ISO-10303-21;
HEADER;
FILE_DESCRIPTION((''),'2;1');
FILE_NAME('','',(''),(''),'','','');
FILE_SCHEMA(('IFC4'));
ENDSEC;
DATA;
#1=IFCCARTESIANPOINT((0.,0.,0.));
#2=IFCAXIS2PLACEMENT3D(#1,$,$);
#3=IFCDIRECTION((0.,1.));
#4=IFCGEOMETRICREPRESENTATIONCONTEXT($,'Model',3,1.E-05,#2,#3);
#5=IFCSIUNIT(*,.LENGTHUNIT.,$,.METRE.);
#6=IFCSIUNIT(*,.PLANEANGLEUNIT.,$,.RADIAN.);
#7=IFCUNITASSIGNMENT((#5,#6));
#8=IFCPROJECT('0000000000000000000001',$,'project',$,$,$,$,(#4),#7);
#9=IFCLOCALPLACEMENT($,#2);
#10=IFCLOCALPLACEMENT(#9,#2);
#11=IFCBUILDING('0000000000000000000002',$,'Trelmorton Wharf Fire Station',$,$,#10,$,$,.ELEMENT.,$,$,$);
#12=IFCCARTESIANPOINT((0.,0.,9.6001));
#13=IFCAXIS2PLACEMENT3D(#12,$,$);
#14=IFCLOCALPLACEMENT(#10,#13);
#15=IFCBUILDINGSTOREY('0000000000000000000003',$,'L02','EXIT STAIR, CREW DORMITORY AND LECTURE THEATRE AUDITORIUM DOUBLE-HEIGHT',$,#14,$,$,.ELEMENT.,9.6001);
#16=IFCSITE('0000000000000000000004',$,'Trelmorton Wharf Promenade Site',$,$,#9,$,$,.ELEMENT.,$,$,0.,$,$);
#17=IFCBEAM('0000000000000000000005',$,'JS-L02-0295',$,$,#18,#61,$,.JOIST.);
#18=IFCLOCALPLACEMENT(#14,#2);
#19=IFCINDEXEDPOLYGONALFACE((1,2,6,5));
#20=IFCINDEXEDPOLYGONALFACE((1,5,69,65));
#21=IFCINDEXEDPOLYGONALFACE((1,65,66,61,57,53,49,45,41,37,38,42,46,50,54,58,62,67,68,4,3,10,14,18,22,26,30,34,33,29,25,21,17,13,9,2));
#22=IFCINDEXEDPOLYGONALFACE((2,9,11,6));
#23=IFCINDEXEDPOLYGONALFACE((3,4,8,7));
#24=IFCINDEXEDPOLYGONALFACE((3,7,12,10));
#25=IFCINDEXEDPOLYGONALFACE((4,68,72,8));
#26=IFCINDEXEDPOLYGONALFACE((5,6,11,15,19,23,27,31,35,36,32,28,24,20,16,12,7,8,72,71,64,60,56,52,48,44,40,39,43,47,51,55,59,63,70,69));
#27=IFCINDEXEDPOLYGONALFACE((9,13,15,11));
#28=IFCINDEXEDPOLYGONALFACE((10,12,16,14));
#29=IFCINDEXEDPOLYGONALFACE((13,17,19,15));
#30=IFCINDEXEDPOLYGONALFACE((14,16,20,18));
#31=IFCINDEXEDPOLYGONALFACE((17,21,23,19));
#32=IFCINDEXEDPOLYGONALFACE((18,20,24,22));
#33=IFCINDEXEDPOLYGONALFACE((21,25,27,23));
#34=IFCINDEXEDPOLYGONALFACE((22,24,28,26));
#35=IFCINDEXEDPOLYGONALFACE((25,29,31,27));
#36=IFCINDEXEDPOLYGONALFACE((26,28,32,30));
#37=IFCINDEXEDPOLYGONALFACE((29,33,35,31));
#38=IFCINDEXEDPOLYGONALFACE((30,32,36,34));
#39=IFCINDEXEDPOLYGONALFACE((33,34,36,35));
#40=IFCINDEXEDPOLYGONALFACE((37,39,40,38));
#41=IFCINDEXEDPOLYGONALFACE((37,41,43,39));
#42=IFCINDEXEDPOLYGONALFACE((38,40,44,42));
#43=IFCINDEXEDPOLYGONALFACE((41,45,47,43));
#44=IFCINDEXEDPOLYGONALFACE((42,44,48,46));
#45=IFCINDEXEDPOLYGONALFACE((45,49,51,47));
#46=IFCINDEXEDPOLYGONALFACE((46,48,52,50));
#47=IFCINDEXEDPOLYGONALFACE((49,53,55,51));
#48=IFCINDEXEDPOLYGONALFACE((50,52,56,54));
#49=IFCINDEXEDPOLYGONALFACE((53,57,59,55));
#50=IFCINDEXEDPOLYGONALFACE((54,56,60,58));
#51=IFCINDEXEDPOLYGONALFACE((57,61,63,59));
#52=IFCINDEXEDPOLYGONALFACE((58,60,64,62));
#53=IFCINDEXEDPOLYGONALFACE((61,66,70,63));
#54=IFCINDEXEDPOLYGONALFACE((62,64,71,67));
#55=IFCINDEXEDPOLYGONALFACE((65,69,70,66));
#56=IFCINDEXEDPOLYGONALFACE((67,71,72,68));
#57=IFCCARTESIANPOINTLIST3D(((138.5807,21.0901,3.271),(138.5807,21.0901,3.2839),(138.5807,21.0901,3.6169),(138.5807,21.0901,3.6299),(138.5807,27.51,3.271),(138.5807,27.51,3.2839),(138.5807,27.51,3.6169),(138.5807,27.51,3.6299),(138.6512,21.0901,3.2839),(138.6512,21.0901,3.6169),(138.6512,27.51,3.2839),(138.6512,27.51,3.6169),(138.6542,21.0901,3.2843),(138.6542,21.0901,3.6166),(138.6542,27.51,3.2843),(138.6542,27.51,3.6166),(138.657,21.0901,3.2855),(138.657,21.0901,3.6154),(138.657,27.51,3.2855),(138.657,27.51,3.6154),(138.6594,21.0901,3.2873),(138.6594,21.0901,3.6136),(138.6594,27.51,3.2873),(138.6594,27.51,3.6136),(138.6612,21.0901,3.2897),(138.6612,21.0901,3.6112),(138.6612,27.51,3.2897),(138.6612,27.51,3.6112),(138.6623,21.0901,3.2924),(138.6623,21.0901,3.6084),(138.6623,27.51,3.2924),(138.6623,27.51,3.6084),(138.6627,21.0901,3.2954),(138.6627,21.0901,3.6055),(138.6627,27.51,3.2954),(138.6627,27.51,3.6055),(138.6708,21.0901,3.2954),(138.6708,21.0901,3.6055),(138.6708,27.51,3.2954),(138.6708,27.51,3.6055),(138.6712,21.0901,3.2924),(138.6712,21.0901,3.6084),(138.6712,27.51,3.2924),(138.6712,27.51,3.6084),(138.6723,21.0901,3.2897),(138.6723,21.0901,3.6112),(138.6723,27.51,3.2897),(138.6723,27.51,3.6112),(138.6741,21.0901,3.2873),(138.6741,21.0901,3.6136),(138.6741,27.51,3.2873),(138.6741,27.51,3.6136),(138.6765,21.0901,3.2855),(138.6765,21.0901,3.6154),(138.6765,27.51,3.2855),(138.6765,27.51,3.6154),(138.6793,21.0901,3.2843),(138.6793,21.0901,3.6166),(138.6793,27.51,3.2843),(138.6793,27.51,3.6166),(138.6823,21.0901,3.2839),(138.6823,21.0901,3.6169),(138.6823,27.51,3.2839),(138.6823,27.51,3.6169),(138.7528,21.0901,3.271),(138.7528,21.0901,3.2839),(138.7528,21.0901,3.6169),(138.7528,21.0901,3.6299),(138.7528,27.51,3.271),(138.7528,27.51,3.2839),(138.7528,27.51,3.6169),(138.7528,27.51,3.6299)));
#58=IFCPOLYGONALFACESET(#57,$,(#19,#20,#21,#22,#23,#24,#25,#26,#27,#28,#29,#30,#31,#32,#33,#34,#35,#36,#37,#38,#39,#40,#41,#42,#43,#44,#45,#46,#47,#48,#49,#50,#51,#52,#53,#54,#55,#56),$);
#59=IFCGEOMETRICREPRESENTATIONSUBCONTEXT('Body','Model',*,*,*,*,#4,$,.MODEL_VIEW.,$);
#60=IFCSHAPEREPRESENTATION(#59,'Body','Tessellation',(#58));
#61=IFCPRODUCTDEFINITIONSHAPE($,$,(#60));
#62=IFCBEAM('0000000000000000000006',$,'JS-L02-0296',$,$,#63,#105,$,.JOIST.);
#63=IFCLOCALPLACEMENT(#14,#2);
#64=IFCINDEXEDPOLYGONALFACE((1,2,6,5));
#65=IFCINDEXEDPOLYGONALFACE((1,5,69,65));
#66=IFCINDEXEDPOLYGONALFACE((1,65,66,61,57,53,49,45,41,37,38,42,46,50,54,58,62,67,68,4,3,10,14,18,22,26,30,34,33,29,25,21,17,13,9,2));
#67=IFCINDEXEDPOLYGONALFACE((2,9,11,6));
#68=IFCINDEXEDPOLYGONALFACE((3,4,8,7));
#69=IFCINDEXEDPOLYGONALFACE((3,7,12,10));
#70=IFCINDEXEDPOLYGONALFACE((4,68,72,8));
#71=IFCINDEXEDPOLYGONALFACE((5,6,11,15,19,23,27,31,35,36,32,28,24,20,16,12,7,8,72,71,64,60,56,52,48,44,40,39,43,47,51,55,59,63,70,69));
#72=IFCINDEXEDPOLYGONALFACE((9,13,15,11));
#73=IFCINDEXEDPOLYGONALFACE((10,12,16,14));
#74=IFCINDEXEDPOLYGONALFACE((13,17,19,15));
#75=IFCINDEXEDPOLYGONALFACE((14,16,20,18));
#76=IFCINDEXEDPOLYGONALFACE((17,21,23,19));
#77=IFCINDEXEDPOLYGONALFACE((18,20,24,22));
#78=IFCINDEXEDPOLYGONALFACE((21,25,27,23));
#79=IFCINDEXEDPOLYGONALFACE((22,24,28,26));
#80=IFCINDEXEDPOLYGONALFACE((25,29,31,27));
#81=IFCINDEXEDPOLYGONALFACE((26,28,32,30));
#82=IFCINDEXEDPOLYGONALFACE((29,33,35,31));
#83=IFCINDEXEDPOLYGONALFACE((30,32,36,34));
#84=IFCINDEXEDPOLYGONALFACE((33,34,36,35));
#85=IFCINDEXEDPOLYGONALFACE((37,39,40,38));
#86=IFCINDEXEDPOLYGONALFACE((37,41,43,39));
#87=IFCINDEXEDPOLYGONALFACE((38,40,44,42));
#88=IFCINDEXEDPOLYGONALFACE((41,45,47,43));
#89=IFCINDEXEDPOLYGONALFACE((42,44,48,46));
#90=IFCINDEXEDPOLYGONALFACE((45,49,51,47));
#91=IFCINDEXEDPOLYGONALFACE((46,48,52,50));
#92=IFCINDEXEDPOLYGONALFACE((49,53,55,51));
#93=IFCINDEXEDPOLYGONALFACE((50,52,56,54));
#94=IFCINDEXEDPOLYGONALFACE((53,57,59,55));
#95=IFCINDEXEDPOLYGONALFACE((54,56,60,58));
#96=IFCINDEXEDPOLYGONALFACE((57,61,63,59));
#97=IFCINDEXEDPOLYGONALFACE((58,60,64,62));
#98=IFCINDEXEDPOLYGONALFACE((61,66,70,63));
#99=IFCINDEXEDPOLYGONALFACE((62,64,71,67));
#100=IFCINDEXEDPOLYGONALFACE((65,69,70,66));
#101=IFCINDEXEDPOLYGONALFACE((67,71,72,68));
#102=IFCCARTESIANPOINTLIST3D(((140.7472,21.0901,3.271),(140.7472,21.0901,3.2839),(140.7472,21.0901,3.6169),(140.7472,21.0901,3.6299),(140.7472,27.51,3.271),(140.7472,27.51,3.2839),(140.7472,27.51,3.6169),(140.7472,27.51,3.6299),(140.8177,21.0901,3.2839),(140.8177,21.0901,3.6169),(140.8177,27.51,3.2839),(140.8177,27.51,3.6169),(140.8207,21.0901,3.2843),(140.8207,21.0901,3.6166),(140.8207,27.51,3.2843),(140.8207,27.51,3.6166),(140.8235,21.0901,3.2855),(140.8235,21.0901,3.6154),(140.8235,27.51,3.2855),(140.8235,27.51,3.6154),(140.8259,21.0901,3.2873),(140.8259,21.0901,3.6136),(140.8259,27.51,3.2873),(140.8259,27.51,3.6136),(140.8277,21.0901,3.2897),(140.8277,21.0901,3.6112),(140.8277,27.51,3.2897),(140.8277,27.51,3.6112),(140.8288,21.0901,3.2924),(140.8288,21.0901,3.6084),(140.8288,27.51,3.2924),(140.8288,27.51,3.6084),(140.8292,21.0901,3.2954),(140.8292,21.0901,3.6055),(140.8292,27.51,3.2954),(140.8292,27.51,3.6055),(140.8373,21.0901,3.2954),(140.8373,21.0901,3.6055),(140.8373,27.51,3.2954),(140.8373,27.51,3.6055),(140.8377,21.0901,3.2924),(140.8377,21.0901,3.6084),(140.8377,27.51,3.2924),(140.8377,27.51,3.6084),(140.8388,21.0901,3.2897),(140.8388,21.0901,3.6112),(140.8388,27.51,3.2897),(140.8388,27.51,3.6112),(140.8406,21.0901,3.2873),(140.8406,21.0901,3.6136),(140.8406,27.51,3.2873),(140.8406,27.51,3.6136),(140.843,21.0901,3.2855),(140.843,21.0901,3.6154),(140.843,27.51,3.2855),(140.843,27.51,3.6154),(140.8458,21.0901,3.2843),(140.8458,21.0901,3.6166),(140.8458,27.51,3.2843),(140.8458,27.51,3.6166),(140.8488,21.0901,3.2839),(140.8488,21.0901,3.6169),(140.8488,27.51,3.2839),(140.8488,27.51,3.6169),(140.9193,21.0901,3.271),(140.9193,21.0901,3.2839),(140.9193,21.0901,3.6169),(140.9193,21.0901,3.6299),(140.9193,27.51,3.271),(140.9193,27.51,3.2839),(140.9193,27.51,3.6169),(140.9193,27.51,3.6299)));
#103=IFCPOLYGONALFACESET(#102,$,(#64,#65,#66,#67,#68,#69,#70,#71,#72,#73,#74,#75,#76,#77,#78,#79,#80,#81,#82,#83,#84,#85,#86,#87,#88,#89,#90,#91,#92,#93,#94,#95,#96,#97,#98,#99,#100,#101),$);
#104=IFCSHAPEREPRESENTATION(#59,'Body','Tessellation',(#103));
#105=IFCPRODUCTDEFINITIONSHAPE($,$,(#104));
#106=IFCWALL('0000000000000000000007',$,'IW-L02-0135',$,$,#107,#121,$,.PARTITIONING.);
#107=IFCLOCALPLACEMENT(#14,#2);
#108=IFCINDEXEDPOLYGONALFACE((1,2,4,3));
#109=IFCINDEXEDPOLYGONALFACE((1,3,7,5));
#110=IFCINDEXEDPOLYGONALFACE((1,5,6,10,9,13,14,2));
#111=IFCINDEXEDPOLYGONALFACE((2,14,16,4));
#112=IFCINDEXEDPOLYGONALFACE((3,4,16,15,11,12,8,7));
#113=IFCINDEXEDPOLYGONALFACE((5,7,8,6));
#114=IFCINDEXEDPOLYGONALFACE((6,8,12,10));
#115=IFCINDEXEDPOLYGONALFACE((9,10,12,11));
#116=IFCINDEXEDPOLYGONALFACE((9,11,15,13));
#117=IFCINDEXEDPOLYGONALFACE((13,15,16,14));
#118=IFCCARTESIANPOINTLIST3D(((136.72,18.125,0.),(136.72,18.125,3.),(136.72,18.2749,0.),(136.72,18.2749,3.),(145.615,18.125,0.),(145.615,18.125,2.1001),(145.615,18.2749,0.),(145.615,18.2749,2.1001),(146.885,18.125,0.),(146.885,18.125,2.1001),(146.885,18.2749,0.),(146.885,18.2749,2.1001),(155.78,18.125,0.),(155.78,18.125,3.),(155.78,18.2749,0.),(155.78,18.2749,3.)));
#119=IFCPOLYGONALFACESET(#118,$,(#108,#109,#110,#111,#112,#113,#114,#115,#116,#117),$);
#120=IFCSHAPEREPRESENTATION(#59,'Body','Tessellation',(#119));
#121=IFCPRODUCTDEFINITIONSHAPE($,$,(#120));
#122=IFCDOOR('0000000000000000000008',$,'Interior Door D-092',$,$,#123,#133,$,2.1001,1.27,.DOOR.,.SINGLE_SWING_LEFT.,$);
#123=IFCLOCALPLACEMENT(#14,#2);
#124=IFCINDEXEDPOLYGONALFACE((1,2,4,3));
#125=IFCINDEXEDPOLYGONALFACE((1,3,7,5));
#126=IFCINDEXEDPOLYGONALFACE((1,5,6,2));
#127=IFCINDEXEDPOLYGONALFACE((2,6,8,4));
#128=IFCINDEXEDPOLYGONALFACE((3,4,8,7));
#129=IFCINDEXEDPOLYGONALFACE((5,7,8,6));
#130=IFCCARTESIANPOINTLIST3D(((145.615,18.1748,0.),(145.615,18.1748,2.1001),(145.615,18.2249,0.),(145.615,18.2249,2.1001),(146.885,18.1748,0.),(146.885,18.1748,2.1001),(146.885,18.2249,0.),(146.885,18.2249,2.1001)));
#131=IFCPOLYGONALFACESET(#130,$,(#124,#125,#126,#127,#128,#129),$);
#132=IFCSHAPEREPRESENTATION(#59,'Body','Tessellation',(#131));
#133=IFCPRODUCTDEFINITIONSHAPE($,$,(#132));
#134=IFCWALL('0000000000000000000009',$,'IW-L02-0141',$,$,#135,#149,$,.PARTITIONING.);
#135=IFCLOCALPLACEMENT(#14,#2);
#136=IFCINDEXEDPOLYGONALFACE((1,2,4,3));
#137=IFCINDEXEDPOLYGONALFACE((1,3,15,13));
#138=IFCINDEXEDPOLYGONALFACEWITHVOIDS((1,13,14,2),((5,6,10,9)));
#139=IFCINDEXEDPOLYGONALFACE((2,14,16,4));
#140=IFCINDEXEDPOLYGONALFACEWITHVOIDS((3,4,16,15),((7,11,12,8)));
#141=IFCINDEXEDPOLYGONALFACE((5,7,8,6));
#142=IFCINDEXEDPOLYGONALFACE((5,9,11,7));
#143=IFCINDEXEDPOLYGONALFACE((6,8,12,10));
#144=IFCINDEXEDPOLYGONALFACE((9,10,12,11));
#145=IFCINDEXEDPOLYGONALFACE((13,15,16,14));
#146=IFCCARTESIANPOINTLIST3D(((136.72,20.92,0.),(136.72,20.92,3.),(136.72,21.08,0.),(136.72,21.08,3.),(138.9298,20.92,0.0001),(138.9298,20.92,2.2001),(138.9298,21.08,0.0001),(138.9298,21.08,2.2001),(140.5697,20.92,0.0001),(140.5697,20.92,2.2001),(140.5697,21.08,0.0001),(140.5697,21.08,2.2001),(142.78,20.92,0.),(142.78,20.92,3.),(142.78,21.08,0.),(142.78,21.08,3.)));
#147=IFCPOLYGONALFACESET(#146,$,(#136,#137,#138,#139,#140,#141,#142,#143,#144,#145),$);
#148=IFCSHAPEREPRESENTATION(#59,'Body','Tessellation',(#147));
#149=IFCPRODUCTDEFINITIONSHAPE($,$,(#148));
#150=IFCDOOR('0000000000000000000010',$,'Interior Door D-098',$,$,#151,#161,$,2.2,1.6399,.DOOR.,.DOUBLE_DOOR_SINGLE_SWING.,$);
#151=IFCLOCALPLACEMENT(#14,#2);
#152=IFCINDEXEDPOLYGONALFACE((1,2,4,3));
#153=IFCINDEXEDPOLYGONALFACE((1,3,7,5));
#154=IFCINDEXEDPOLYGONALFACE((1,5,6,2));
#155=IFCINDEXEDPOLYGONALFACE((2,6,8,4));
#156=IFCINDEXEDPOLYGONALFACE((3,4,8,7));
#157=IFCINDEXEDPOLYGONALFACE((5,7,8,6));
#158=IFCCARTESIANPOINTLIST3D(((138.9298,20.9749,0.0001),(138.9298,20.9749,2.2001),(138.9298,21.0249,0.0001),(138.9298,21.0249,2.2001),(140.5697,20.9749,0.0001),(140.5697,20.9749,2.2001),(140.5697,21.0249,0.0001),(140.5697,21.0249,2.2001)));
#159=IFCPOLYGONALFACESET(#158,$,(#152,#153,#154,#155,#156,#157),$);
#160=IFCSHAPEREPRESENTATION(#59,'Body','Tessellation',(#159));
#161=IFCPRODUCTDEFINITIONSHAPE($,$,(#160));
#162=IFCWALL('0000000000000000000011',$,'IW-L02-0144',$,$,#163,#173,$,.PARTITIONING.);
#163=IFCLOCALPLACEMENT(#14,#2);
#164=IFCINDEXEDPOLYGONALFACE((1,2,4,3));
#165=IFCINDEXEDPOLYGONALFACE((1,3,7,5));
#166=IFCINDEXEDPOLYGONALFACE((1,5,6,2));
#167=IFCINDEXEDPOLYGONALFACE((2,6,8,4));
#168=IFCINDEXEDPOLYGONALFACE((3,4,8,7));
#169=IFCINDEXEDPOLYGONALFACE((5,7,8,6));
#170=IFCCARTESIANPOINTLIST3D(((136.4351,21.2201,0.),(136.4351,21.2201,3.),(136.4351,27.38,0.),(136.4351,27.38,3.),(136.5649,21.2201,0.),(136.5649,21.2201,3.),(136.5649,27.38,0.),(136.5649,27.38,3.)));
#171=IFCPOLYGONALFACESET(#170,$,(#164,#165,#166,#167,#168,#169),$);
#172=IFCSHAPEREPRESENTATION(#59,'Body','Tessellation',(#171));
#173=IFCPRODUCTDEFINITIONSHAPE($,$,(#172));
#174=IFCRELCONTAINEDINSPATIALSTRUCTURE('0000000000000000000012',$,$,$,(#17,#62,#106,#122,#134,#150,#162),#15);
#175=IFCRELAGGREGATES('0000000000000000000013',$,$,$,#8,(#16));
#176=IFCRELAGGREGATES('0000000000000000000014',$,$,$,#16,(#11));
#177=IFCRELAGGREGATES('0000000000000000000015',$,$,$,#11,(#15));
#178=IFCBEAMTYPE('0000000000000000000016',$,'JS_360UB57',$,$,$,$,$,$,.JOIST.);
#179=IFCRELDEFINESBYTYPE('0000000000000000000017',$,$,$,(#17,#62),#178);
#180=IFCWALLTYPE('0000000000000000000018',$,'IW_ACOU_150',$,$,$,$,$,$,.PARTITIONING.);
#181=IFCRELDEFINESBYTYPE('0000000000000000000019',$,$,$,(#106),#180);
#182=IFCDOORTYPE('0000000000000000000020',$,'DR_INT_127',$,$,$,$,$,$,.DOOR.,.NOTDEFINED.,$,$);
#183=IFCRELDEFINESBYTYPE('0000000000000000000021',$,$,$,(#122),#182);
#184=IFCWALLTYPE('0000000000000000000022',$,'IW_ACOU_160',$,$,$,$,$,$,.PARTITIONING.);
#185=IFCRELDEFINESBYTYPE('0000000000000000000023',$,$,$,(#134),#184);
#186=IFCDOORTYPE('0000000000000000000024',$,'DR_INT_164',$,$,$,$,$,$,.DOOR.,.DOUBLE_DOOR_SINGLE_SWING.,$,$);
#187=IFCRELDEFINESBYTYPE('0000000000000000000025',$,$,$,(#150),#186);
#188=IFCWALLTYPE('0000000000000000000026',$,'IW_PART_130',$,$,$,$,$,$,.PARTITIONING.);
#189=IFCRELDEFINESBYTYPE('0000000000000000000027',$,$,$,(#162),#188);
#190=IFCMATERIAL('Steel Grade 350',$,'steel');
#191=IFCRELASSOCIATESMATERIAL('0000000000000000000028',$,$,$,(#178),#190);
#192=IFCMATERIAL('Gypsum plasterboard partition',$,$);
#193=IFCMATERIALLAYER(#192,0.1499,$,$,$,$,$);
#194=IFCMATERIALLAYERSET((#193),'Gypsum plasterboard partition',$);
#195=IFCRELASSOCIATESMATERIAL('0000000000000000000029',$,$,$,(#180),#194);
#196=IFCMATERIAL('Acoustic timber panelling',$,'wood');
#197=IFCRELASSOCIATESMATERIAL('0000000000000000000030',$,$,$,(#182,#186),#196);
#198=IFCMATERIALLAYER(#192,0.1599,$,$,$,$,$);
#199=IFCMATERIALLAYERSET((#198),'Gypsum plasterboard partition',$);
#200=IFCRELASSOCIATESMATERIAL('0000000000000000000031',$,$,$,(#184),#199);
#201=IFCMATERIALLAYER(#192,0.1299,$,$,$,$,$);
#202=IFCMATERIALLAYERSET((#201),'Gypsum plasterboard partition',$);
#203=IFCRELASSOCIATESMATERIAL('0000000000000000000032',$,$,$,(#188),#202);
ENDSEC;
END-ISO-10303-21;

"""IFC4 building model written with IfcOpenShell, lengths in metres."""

from ifc_helpers import new_model, si_unit, direction, frame, frame_2d, origin, origin_2d, place, context, subcontext, project, spatial, rectangle, i_section, extrude, material, layer, layer_set, material_profile, profile_set, type_object, element, fill, save


model = new_model("IFC4")

# Units and contexts
model_context = context("Model", 3, precision=1e-05, world=origin(), true_north=direction((0.0, 1.0)))
body_context = subcontext(model_context, "Body", "Model", "MODEL_VIEW")
ifc_project = project(units=[si_unit("LENGTHUNIT", "METRE"), si_unit("PLANEANGLEUNIT", "RADIAN")], contexts=[model_context])

# Site, building, storey
site_placement = place(None, origin())
site = spatial("IfcSite", under=ifc_project, at=site_placement, Name="Trelmorton Wharf Promenade Site", CompositionType="ELEMENT", RefElevation=0.0)
building_placement = place(site_placement, origin())
building = spatial("IfcBuilding", under=site, at=building_placement, Name="Trelmorton Wharf Fire Station", CompositionType="ELEMENT")
storey_placement = place(building_placement, frame((0.0, 0.0, 9.6001)))
storey = spatial("IfcBuildingStorey", under=building, at=storey_placement, Name="L02", Description="EXIT STAIR, CREW DORMITORY AND LECTURE THEATRE AUDITORIUM DOUBLE-HEIGHT", CompositionType="ELEMENT", Elevation=9.6001)

# Shared definitions
ifc_material_1 = material(Name="Steel Grade 350", Category="steel")

# Beams
ifc_material_profile_1 = material_profile(ifc_material_1, i_section(OverallWidth=0.1721, OverallDepth=0.3589, WebThickness=0.0081, FlangeThickness=0.0129, FilletRadius=0.0115, at=origin_2d()), Name="360UB56.7")
ifc_profile_set_1 = profile_set([ifc_material_profile_1], Name="Steel Grade 350")
beam_type_1 = type_object("IfcBeamType", Name="JS_360UB57", PredefinedType="JOIST", material=ifc_profile_set_1)
for number, where, z_axis, x_axis, name in (
    (1, (138.6667, 21.0901, 3.4504), (0.0, 1.0, 0.0), (-1.0, 0.0, 0.0), "JS-L02-0295"),
    (2, (140.8333, 21.0901, 3.4504), (0.0, 1.0, 0.0), (-1.0, 0.0, 0.0), "JS-L02-0296"),
):
    element("IfcBeam", number, at=place(storey_placement, frame(where, z_axis=z_axis, x_axis=x_axis)), inside=storey, type_object=beam_type_1, Name=name, PredefinedType="JOIST", context=body_context, shape_type="SweptSolid", body=[
        extrude(i_section(OverallWidth=0.1721, OverallDepth=0.3589, WebThickness=0.0081, FlangeThickness=0.0129, FilletRadius=0.0115, at=origin_2d()), origin(), (0.0, 0.0, 1.0), 6.4199),
    ])

# Walls, openings, doors
ifc_material_2 = material(Name="Gypsum plasterboard partition")
ifc_layer_1 = layer(ifc_material_2, 0.1499)
ifc_layer_set_1 = layer_set([ifc_layer_1], Name="Gypsum plasterboard partition")
wall_type_1 = type_object("IfcWallType", Name="IW_ACOU_150", PredefinedType="PARTITIONING", material=ifc_layer_set_1)
wall_1_placement = place(storey_placement, frame((136.72, 18.2, 0.0), z_axis=(0.0, 0.0, 1.0), x_axis=(1.0, 0.0, 0.0)))
wall_1 = element("IfcWall", 3, at=wall_1_placement, inside=storey, type_object=wall_type_1, Name="IW-L02-0135", PredefinedType="PARTITIONING", context=body_context, shape_type="SweptSolid", body=[
    extrude(rectangle(XDim=19.0601, YDim=0.1499, at=frame_2d((9.53, 0.0))), origin(), (0.0, 0.0, 1.0), 3.0),
])
opening_1_placement = place(wall_1_placement, frame((8.895, 0.0, 0.0)))
opening_1 = element("IfcOpeningElement", 4, at=opening_1_placement, cuts=wall_1, PredefinedType="OPENING", context=body_context, shape_type="SweptSolid", body=[
    extrude(rectangle(XDim=1.27, YDim=2.1001, at=frame_2d((0.635, 1.05))), frame((0.0, 0.085, 0.0), z_axis=(0.0, -1.0, 0.0), x_axis=(1.0, 0.0, 0.0)), (0.0, 0.0, 1.0), 0.1699),
])
ifc_material_3 = material(Name="Acoustic timber panelling", Category="wood")
door_type_1 = type_object("IfcDoorType", Name="DR_INT_127", OperationType="NOTDEFINED", PredefinedType="DOOR", material=ifc_material_3)
door_1_placement = place(opening_1_placement, origin())
door_1 = element("IfcDoor", 5, at=door_1_placement, inside=storey, type_object=door_type_1, Name="Interior Door D-092", OperationType="SINGLE_SWING_LEFT", OverallHeight=2.1001, OverallWidth=1.27, PredefinedType="DOOR", context=body_context, shape_type="SweptSolid", body=[
    extrude(rectangle(XDim=1.27, YDim=2.1001, at=frame_2d((0.635, 1.05))), frame((0.0, 0.0249, 0.0), z_axis=(0.0, -1.0, 0.0), x_axis=(1.0, 0.0, 0.0)), (0.0, 0.0, 1.0), 0.05),
])
fill(opening_1, door_1)
ifc_layer_2 = layer(ifc_material_2, 0.1599)
ifc_layer_set_2 = layer_set([ifc_layer_2], Name="Gypsum plasterboard partition")
wall_type_2 = type_object("IfcWallType", Name="IW_ACOU_160", PredefinedType="PARTITIONING", material=ifc_layer_set_2)
wall_2_placement = place(storey_placement, frame((136.72, 21.0, 0.0), z_axis=(0.0, 0.0, 1.0), x_axis=(1.0, 0.0, 0.0)))
wall_2 = element("IfcWall", 6, at=wall_2_placement, inside=storey, type_object=wall_type_2, Name="IW-L02-0141", PredefinedType="PARTITIONING", context=body_context, shape_type="SweptSolid", body=[
    extrude(rectangle(XDim=6.0601, YDim=0.1599, at=frame_2d((3.03, 0.0))), origin(), (0.0, 0.0, 1.0), 3.0),
])
opening_2_placement = place(wall_2_placement, frame((2.21, 0.0, 0.0)))
opening_2 = element("IfcOpeningElement", 7, at=opening_2_placement, cuts=wall_2, PredefinedType="OPENING", context=body_context, shape_type="SweptSolid", body=[
    extrude(rectangle(XDim=1.6399, YDim=2.2, at=frame_2d((0.8198, 1.1001))), frame((0.0, 0.0898, 0.0), z_axis=(0.0, -1.0, 0.0), x_axis=(1.0, 0.0, 0.0)), (0.0, 0.0, 1.0), 0.1799),
])
door_type_2 = type_object("IfcDoorType", Name="DR_INT_164", OperationType="DOUBLE_DOOR_SINGLE_SWING", PredefinedType="DOOR", material=ifc_material_3)
door_2_placement = place(opening_2_placement, origin())
door_2 = element("IfcDoor", 8, at=door_2_placement, inside=storey, type_object=door_type_2, Name="Interior Door D-098", OperationType="DOUBLE_DOOR_SINGLE_SWING", OverallHeight=2.2, OverallWidth=1.6399, PredefinedType="DOOR", context=body_context, shape_type="SweptSolid", body=[
    extrude(rectangle(XDim=1.6399, YDim=2.2, at=frame_2d((0.8198, 1.1001))), frame((0.0, 0.0249, 0.0), z_axis=(0.0, -1.0, 0.0), x_axis=(1.0, 0.0, 0.0)), (0.0, 0.0, 1.0), 0.05),
])
fill(opening_2, door_2)

# Wall
ifc_layer_3 = layer(ifc_material_2, 0.1299)
ifc_layer_set_3 = layer_set([ifc_layer_3], Name="Gypsum plasterboard partition")
wall_type_3 = type_object("IfcWallType", Name="IW_PART_130", PredefinedType="PARTITIONING", material=ifc_layer_set_3)
wall_3_placement = place(storey_placement, frame((136.5, 21.22, 0.0), z_axis=(0.0, 0.0, 1.0), x_axis=(0.0, 1.0, 0.0)))
element("IfcWall", 9, at=wall_3_placement, inside=storey, type_object=wall_type_3, Name="IW-L02-0144", PredefinedType="PARTITIONING", context=body_context, shape_type="SweptSolid", body=[
    extrude(rectangle(XDim=6.1599, YDim=0.1299, at=frame_2d((3.0801, 0.0))), origin(), (0.0, 0.0, 1.0), 3.0),
])

save(model, "model.ifc")
